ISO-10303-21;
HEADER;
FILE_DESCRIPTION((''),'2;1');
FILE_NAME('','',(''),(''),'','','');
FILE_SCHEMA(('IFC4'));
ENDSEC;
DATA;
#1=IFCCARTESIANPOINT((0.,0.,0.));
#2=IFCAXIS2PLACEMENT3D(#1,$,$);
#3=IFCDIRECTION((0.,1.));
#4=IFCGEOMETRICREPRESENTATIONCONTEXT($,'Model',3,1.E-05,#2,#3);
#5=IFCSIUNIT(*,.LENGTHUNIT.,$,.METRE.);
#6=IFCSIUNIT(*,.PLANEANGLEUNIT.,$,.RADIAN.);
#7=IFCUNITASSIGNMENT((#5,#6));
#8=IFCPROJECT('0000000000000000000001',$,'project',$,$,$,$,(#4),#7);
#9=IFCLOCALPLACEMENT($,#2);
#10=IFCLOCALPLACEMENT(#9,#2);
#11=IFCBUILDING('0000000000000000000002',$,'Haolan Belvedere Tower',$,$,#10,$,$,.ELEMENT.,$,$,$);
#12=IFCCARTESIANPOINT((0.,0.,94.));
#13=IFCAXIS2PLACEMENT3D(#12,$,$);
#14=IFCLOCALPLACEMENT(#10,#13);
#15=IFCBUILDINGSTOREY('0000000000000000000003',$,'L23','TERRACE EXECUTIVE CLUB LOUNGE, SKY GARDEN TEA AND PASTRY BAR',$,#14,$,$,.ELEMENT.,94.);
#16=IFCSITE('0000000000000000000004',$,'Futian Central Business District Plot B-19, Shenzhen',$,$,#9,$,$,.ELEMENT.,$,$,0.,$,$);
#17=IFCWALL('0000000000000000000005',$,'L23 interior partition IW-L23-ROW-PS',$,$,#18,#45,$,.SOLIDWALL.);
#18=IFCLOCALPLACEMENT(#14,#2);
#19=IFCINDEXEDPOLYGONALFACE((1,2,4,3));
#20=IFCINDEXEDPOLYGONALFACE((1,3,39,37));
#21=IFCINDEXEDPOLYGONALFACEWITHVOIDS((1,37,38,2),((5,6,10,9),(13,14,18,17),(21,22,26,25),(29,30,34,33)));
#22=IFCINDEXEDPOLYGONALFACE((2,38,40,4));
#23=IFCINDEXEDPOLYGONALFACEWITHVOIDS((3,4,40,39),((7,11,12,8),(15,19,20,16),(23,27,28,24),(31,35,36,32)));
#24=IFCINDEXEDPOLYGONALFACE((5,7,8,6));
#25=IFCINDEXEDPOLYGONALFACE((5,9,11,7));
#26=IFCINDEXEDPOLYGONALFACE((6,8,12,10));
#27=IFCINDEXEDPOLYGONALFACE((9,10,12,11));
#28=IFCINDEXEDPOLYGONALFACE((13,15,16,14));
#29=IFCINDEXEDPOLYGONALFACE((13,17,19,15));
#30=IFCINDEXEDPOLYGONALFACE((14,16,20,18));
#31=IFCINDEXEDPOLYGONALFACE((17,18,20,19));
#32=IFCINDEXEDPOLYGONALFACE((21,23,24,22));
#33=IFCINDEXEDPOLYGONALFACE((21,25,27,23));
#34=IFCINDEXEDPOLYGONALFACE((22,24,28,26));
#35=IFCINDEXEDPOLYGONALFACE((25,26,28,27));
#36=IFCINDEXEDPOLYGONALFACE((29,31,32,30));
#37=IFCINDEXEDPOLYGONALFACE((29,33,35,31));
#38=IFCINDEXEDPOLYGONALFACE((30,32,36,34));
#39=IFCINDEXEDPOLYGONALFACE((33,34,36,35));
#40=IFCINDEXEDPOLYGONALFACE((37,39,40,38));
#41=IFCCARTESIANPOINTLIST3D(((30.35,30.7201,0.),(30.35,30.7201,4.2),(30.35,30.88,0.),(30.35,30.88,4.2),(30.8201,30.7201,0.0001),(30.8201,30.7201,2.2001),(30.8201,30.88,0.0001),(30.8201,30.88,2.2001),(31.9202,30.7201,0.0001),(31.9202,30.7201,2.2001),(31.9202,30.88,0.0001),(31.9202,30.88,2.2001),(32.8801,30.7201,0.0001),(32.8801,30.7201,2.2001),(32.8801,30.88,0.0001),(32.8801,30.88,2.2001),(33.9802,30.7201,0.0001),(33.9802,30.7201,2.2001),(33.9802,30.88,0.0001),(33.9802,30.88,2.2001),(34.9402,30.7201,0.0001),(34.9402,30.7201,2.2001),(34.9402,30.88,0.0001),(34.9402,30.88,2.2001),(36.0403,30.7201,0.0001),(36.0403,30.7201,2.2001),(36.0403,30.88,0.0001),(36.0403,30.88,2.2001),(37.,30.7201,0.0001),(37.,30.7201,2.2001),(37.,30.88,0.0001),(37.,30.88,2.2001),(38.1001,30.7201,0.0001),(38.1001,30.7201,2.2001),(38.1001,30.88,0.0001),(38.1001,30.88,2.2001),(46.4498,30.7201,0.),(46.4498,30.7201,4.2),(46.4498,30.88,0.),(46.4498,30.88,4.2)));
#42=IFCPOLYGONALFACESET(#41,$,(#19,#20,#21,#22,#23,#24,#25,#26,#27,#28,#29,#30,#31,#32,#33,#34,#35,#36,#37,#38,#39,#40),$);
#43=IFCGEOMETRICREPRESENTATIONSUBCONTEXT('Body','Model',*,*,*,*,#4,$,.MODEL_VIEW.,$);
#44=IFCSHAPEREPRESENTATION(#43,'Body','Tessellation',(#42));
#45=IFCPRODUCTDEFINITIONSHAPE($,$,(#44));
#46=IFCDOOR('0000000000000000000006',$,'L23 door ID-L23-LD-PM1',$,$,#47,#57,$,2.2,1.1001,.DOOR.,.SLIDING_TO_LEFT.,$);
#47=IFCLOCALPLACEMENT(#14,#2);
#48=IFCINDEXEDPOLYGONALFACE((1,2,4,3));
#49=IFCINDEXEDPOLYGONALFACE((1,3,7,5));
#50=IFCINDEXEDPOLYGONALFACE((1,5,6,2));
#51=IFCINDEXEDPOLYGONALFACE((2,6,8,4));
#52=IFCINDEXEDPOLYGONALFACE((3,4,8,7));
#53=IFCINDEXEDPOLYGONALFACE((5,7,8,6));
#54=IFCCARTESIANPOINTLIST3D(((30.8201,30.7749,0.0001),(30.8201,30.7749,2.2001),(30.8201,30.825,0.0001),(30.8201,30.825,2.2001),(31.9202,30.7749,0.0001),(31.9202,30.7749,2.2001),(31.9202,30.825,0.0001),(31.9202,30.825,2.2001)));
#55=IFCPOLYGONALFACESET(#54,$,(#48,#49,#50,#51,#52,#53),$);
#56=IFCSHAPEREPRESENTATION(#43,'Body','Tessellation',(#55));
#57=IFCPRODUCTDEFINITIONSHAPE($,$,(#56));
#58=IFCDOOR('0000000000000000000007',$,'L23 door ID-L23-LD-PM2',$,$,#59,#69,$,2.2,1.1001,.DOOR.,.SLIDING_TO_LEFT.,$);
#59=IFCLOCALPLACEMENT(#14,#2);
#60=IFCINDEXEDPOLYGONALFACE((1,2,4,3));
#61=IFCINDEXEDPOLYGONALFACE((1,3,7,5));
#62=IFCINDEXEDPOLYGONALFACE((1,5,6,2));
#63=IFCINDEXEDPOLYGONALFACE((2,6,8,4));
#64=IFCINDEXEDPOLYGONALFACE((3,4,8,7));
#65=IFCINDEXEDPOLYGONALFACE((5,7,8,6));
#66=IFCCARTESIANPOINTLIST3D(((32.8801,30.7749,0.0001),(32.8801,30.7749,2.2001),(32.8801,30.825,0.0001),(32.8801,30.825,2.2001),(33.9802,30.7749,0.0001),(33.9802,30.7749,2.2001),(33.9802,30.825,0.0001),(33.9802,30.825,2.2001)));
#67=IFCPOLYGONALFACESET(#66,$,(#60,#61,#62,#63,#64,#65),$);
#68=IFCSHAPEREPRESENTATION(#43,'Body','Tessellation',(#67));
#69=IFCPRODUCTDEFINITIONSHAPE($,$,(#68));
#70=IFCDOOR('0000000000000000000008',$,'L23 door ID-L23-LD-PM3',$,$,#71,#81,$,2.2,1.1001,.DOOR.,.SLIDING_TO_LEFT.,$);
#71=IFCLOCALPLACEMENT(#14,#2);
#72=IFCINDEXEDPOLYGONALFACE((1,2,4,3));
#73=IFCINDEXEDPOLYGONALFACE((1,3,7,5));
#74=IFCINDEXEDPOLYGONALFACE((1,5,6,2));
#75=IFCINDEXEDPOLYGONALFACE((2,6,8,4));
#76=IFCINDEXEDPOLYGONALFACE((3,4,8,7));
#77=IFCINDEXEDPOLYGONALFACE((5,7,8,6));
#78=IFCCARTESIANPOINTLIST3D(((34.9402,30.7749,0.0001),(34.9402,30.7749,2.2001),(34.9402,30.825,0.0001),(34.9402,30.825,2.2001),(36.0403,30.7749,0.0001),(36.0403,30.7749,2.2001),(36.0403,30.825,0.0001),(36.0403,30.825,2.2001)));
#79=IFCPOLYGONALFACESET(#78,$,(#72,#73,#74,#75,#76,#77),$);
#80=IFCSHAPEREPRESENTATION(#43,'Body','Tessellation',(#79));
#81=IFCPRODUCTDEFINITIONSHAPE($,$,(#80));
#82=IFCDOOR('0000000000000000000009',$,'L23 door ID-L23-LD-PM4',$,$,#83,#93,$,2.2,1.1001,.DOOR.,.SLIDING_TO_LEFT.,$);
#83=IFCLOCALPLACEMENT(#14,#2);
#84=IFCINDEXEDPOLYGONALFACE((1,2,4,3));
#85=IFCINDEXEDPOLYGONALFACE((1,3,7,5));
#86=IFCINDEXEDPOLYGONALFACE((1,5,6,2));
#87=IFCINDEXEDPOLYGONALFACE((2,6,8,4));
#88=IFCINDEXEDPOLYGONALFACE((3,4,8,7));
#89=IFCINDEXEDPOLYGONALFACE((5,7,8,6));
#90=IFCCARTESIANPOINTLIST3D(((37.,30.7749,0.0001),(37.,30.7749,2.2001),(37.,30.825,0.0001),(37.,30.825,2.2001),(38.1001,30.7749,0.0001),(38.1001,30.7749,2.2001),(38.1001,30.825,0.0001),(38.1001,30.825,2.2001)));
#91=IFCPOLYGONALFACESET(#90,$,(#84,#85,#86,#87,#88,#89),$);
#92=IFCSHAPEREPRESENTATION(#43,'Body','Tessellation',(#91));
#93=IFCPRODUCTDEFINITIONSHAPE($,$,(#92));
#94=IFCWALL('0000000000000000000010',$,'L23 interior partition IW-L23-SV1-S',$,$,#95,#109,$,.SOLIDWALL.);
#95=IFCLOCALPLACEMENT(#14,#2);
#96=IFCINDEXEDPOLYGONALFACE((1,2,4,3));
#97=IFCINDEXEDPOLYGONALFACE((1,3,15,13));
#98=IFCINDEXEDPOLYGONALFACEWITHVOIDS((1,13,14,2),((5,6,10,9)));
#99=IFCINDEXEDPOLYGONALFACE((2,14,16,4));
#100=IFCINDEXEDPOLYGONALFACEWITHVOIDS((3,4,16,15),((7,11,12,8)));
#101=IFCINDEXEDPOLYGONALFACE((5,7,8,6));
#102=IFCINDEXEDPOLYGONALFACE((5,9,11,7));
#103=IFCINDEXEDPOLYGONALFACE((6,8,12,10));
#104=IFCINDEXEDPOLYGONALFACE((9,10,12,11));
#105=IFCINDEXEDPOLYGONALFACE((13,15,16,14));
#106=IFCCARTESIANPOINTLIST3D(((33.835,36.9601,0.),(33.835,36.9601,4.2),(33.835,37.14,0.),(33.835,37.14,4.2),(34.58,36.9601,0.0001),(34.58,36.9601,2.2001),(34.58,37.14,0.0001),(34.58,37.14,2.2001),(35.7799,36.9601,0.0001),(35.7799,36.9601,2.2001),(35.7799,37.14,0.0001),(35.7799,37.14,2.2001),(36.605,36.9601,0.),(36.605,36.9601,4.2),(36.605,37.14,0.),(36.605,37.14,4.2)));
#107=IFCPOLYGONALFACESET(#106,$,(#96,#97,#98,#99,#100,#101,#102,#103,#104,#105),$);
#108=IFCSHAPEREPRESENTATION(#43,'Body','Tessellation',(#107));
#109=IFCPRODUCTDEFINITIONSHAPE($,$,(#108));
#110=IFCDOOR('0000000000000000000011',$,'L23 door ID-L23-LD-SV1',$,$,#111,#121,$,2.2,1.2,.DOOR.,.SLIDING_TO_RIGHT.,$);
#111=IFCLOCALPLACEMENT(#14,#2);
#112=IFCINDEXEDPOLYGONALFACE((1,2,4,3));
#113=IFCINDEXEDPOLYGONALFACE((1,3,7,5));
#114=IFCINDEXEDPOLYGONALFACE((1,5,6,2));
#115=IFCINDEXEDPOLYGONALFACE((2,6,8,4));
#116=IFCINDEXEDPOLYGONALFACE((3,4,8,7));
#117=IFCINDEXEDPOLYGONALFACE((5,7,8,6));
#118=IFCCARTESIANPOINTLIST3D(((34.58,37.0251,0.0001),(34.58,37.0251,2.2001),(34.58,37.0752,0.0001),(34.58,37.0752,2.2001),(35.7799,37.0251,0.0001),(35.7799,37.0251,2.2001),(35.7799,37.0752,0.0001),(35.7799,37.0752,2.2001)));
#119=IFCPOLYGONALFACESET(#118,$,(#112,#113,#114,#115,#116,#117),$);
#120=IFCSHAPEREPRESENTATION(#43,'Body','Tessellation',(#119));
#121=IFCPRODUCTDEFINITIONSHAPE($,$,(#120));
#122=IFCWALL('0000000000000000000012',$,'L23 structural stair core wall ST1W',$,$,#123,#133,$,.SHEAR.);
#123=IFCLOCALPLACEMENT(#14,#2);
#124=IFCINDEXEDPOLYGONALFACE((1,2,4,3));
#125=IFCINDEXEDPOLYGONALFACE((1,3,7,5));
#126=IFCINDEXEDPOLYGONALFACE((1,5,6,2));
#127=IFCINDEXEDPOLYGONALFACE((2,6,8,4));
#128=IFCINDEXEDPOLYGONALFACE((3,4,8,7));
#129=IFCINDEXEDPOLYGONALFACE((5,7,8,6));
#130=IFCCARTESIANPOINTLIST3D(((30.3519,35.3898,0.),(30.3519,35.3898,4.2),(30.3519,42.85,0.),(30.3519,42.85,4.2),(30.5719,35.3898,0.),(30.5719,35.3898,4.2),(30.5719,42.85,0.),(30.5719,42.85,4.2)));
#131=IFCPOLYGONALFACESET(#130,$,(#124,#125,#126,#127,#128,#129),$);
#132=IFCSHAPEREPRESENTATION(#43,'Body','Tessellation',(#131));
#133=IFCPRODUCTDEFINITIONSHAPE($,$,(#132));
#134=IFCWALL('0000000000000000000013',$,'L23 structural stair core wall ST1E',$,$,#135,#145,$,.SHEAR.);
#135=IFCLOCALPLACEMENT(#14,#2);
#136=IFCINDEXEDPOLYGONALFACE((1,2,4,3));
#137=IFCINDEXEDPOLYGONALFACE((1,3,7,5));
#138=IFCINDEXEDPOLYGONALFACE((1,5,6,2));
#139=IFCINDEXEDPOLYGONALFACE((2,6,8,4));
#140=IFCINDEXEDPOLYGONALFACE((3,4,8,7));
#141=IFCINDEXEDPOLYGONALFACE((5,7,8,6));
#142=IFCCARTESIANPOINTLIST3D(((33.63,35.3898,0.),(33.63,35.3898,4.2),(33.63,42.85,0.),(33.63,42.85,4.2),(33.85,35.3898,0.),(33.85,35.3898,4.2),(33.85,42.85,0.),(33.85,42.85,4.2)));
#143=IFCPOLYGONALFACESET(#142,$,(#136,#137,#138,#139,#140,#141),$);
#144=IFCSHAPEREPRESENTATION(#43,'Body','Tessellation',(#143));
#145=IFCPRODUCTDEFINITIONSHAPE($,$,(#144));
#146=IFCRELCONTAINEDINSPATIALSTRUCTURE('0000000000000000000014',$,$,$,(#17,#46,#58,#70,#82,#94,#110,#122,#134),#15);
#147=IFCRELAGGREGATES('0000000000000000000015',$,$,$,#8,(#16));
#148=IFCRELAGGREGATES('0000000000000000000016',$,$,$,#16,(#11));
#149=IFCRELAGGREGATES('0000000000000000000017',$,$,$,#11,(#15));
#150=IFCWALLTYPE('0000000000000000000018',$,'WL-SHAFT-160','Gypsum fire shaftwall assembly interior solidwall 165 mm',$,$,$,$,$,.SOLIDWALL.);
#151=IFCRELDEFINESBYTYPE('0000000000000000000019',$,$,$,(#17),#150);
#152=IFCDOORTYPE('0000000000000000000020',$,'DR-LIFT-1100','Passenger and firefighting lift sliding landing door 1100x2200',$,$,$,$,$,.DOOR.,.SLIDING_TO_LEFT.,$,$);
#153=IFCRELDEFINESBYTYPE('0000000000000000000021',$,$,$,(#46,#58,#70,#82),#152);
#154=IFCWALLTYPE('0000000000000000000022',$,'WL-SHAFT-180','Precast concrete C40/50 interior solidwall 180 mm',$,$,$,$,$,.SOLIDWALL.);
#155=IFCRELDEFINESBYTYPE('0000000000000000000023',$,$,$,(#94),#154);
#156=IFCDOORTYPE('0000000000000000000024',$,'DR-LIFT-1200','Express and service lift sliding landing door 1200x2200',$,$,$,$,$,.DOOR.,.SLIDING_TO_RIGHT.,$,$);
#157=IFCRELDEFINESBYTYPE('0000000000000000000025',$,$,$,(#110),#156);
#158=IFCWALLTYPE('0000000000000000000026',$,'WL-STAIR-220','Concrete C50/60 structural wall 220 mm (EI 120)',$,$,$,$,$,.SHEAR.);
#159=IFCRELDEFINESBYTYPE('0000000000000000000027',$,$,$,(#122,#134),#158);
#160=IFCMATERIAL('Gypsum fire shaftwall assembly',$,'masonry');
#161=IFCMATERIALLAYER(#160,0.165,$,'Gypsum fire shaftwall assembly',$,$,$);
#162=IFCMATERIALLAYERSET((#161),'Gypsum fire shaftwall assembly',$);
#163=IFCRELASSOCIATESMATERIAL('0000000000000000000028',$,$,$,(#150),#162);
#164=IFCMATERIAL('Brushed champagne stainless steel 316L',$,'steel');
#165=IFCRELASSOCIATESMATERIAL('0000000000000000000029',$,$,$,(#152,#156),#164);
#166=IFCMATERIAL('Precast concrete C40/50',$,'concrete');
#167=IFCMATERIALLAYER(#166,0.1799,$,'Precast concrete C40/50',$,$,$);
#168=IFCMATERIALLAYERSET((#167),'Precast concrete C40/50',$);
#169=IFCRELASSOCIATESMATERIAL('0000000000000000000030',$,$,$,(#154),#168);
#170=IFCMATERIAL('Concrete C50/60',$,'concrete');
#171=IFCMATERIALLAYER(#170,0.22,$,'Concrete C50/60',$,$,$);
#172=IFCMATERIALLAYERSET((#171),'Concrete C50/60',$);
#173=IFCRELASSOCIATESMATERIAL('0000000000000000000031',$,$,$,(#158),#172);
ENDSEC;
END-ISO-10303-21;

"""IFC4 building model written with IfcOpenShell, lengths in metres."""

from ifc_helpers import new_model, si_unit, direction, frame, frame_2d, origin, place, context, subcontext, project, spatial, rectangle, extrude, material, layer, layer_set, type_object, element, fill, save


model = new_model("IFC4")

# Units and contexts
model_context = context("Model", 3, precision=1e-05, world=origin(), true_north=direction((0.0, 1.0)))
body_context = subcontext(model_context, "Body", "Model", "MODEL_VIEW")
ifc_project = project(units=[si_unit("LENGTHUNIT", "METRE"), si_unit("PLANEANGLEUNIT", "RADIAN")], contexts=[model_context])

# Site, building, storey
site_placement = place(None, origin())
site = spatial("IfcSite", under=ifc_project, at=site_placement, Name="Futian Central Business District Plot B-19, Shenzhen", CompositionType="ELEMENT", RefElevation=0.0)
building_placement = place(site_placement, origin())
building = spatial("IfcBuilding", under=site, at=building_placement, Name="Haolan Belvedere Tower", CompositionType="ELEMENT")
storey_placement = place(building_placement, frame((0.0, 0.0, 94.0)))
storey = spatial("IfcBuildingStorey", under=building, at=storey_placement, Name="L23", Description="TERRACE EXECUTIVE CLUB LOUNGE, SKY GARDEN TEA AND PASTRY BAR", CompositionType="ELEMENT", Elevation=94.0)

# Shared definitions
ifc_material_1 = material(Name="Gypsum fire shaftwall assembly", Category="masonry")
ifc_layer_1 = layer(ifc_material_1, 0.165, Name="Gypsum fire shaftwall assembly")
ifc_layer_set_1 = layer_set([ifc_layer_1], Name="Gypsum fire shaftwall assembly")
wall_type_1 = type_object("IfcWallType", Name="WL-SHAFT-160", Description="Gypsum fire shaftwall assembly interior solidwall 165 mm", PredefinedType="SOLIDWALL", material=ifc_layer_set_1)

# Shared definitions
ifc_material_2 = material(Name="Brushed champagne stainless steel 316L", Category="steel")
door_type_1 = type_object("IfcDoorType", Name="DR-LIFT-1100", Description="Passenger and firefighting lift sliding landing door 1100x2200", OperationType="SLIDING_TO_LEFT", PredefinedType="DOOR", material=ifc_material_2)

# Wall, openings, doors
wall_1_placement = place(storey_placement, frame((30.3501, 30.8, 0.0), z_axis=(0.0, 0.0, 1.0), x_axis=(1.0, 0.0, 0.0)))
wall_1 = element("IfcWall", 1, at=wall_1_placement, inside=storey, type_object=wall_type_1, Name="L23 interior partition IW-L23-ROW-PS", PredefinedType="SOLIDWALL", context=body_context, shape_type="SweptSolid", body=[
    extrude(rectangle(XDim=16.0999, YDim=0.1599, at=frame_2d((8.0498, 0.0))), origin(), (0.0, 0.0, 1.0), 4.2),
])
opening_1_placement = place(wall_1_placement, frame((0.47, 0.0, 0.0)))
opening_1 = element("IfcOpeningElement", 2, at=opening_1_placement, cuts=wall_1, PredefinedType="OPENING", context=body_context, shape_type="SweptSolid", body=[
    extrude(rectangle(XDim=1.1001, YDim=2.2, at=frame_2d((0.55, 1.1001))), frame((0.0, 0.0898, 0.0), z_axis=(0.0, -1.0, 0.0), x_axis=(1.0, 0.0, 0.0)), (0.0, 0.0, 1.0), 0.1799),
])
opening_2_placement = place(wall_1_placement, frame((2.53, 0.0, 0.0)))
opening_2 = element("IfcOpeningElement", 3, at=opening_2_placement, cuts=wall_1, PredefinedType="OPENING", context=body_context, shape_type="SweptSolid", body=[
    extrude(rectangle(XDim=1.1001, YDim=2.2, at=frame_2d((0.55, 1.1001))), frame((0.0, 0.0898, 0.0), z_axis=(0.0, -1.0, 0.0), x_axis=(1.0, 0.0, 0.0)), (0.0, 0.0, 1.0), 0.1799),
])
opening_3_placement = place(wall_1_placement, frame((4.5901, 0.0, 0.0)))
opening_3 = element("IfcOpeningElement", 4, at=opening_3_placement, cuts=wall_1, PredefinedType="OPENING", context=body_context, shape_type="SweptSolid", body=[
    extrude(rectangle(XDim=1.1001, YDim=2.2, at=frame_2d((0.55, 1.1001))), frame((0.0, 0.0898, 0.0), z_axis=(0.0, -1.0, 0.0), x_axis=(1.0, 0.0, 0.0)), (0.0, 0.0, 1.0), 0.1799),
])
opening_4_placement = place(wall_1_placement, frame((6.6499, 0.0, 0.0)))
opening_4 = element("IfcOpeningElement", 5, at=opening_4_placement, cuts=wall_1, PredefinedType="OPENING", context=body_context, shape_type="SweptSolid", body=[
    extrude(rectangle(XDim=1.1001, YDim=2.2, at=frame_2d((0.55, 1.1001))), frame((0.0, 0.0898, 0.0), z_axis=(0.0, -1.0, 0.0), x_axis=(1.0, 0.0, 0.0)), (0.0, 0.0, 1.0), 0.1799),
])
door_1_placement = place(opening_1_placement, origin())
door_1 = element("IfcDoor", 6, at=door_1_placement, inside=storey, type_object=door_type_1, Name="L23 door ID-L23-LD-PM1", OperationType="SLIDING_TO_LEFT", OverallHeight=2.2, OverallWidth=1.1001, PredefinedType="DOOR", context=body_context, shape_type="SweptSolid", body=[
    extrude(rectangle(XDim=1.1001, YDim=2.2, at=frame_2d((0.55, 1.1001))), frame((0.0, 0.0249, 0.0), z_axis=(0.0, -1.0, 0.0), x_axis=(1.0, 0.0, 0.0)), (0.0, 0.0, 1.0), 0.05),
])
fill(opening_1, door_1)
door_2_placement = place(opening_2_placement, origin())
door_2 = element("IfcDoor", 7, at=door_2_placement, inside=storey, type_object=door_type_1, Name="L23 door ID-L23-LD-PM2", OperationType="SLIDING_TO_LEFT", OverallHeight=2.2, OverallWidth=1.1001, PredefinedType="DOOR", context=body_context, shape_type="SweptSolid", body=[
    extrude(rectangle(XDim=1.1001, YDim=2.2, at=frame_2d((0.55, 1.1001))), frame((0.0, 0.0249, 0.0), z_axis=(0.0, -1.0, 0.0), x_axis=(1.0, 0.0, 0.0)), (0.0, 0.0, 1.0), 0.05),
])
fill(opening_2, door_2)
door_3_placement = place(opening_3_placement, origin())
door_3 = element("IfcDoor", 8, at=door_3_placement, inside=storey, type_object=door_type_1, Name="L23 door ID-L23-LD-PM3", OperationType="SLIDING_TO_LEFT", OverallHeight=2.2, OverallWidth=1.1001, PredefinedType="DOOR", context=body_context, shape_type="SweptSolid", body=[
    extrude(rectangle(XDim=1.1001, YDim=2.2, at=frame_2d((0.55, 1.1001))), frame((0.0, 0.0249, 0.0), z_axis=(0.0, -1.0, 0.0), x_axis=(1.0, 0.0, 0.0)), (0.0, 0.0, 1.0), 0.05),
])
fill(opening_3, door_3)
door_4_placement = place(opening_4_placement, origin())
door_4 = element("IfcDoor", 9, at=door_4_placement, inside=storey, type_object=door_type_1, Name="L23 door ID-L23-LD-PM4", OperationType="SLIDING_TO_LEFT", OverallHeight=2.2, OverallWidth=1.1001, PredefinedType="DOOR", context=body_context, shape_type="SweptSolid", body=[
    extrude(rectangle(XDim=1.1001, YDim=2.2, at=frame_2d((0.55, 1.1001))), frame((0.0, 0.0249, 0.0), z_axis=(0.0, -1.0, 0.0), x_axis=(1.0, 0.0, 0.0)), (0.0, 0.0, 1.0), 0.05),
])
fill(opening_4, door_4)

# Wall, opening, door
ifc_material_3 = material(Name="Precast concrete C40/50", Category="concrete")
ifc_layer_2 = layer(ifc_material_3, 0.1799, Name="Precast concrete C40/50")
ifc_layer_set_2 = layer_set([ifc_layer_2], Name="Precast concrete C40/50")
wall_type_2 = type_object("IfcWallType", Name="WL-SHAFT-180", Description="Precast concrete C40/50 interior solidwall 180 mm", PredefinedType="SOLIDWALL", material=ifc_layer_set_2)
wall_2_placement = place(storey_placement, frame((33.835, 37.05, 0.0), z_axis=(0.0, 0.0, 1.0), x_axis=(1.0, 0.0, 0.0)))
wall_2 = element("IfcWall", 10, at=wall_2_placement, inside=storey, type_object=wall_type_2, Name="L23 interior partition IW-L23-SV1-S", PredefinedType="SOLIDWALL", context=body_context, shape_type="SweptSolid", body=[
    extrude(rectangle(XDim=2.77, YDim=0.1799, at=frame_2d((1.385, 0.0))), origin(), (0.0, 0.0, 1.0), 4.2),
])
opening_5_placement = place(wall_2_placement, frame((1.9451, 0.0, 0.0), z_axis=(0.0, 0.0, 1.0), x_axis=(-1.0, 0.0, 0.0)))
opening_5 = element("IfcOpeningElement", 11, at=opening_5_placement, cuts=wall_2, PredefinedType="OPENING", context=body_context, shape_type="SweptSolid", body=[
    extrude(rectangle(XDim=1.2, YDim=2.2, at=frame_2d((0.6001, 1.1001))), frame((0.0, 0.0999, 0.0), z_axis=(0.0, -1.0, 0.0), x_axis=(1.0, 0.0, 0.0)), (0.0, 0.0, 1.0), 0.2),
])
door_type_2 = type_object("IfcDoorType", Name="DR-LIFT-1200", Description="Express and service lift sliding landing door 1200x2200", OperationType="SLIDING_TO_RIGHT", PredefinedType="DOOR", material=ifc_material_2)
door_5_placement = place(opening_5_placement, origin())
door_5 = element("IfcDoor", 12, at=door_5_placement, inside=storey, type_object=door_type_2, Name="L23 door ID-L23-LD-SV1", OperationType="SLIDING_TO_RIGHT", OverallHeight=2.2, OverallWidth=1.2, PredefinedType="DOOR", context=body_context, shape_type="SweptSolid", body=[
    extrude(rectangle(XDim=1.2, YDim=2.2, at=frame_2d((0.6001, 1.1001))), frame((0.0, 0.0249, 0.0), z_axis=(0.0, -1.0, 0.0), x_axis=(1.0, 0.0, 0.0)), (0.0, 0.0, 1.0), 0.05),
])
fill(opening_5, door_5)

# Walls
ifc_material_4 = material(Name="Concrete C50/60", Category="concrete")
ifc_layer_3 = layer(ifc_material_4, 0.22, Name="Concrete C50/60")
ifc_layer_set_3 = layer_set([ifc_layer_3], Name="Concrete C50/60")
wall_type_3 = type_object("IfcWallType", Name="WL-STAIR-220", Description="Concrete C50/60 structural wall 220 mm (EI 120)", PredefinedType="SHEAR", material=ifc_layer_set_3)
for number, where, z_axis, x_axis, name in (
    (13, (30.4619, 35.3899, 0.0), (0.0, 0.0, 1.0), (0.0, 1.0, 0.0), "L23 structural stair core wall ST1W"),
    (14, (33.74, 35.3899, 0.0), (0.0, 0.0, 1.0), (0.0, 1.0, 0.0), "L23 structural stair core wall ST1E"),
):
    element("IfcWall", number, at=place(storey_placement, frame(where, z_axis=z_axis, x_axis=x_axis)), inside=storey, type_object=wall_type_3, Name=name, PredefinedType="SHEAR", context=body_context, shape_type="SweptSolid", body=[
        extrude(rectangle(XDim=7.4602, YDim=0.22, at=frame_2d((3.73, 0.0))), origin(), (0.0, 0.0, 1.0), 4.2),
    ])

save(model, "model.ifc")
